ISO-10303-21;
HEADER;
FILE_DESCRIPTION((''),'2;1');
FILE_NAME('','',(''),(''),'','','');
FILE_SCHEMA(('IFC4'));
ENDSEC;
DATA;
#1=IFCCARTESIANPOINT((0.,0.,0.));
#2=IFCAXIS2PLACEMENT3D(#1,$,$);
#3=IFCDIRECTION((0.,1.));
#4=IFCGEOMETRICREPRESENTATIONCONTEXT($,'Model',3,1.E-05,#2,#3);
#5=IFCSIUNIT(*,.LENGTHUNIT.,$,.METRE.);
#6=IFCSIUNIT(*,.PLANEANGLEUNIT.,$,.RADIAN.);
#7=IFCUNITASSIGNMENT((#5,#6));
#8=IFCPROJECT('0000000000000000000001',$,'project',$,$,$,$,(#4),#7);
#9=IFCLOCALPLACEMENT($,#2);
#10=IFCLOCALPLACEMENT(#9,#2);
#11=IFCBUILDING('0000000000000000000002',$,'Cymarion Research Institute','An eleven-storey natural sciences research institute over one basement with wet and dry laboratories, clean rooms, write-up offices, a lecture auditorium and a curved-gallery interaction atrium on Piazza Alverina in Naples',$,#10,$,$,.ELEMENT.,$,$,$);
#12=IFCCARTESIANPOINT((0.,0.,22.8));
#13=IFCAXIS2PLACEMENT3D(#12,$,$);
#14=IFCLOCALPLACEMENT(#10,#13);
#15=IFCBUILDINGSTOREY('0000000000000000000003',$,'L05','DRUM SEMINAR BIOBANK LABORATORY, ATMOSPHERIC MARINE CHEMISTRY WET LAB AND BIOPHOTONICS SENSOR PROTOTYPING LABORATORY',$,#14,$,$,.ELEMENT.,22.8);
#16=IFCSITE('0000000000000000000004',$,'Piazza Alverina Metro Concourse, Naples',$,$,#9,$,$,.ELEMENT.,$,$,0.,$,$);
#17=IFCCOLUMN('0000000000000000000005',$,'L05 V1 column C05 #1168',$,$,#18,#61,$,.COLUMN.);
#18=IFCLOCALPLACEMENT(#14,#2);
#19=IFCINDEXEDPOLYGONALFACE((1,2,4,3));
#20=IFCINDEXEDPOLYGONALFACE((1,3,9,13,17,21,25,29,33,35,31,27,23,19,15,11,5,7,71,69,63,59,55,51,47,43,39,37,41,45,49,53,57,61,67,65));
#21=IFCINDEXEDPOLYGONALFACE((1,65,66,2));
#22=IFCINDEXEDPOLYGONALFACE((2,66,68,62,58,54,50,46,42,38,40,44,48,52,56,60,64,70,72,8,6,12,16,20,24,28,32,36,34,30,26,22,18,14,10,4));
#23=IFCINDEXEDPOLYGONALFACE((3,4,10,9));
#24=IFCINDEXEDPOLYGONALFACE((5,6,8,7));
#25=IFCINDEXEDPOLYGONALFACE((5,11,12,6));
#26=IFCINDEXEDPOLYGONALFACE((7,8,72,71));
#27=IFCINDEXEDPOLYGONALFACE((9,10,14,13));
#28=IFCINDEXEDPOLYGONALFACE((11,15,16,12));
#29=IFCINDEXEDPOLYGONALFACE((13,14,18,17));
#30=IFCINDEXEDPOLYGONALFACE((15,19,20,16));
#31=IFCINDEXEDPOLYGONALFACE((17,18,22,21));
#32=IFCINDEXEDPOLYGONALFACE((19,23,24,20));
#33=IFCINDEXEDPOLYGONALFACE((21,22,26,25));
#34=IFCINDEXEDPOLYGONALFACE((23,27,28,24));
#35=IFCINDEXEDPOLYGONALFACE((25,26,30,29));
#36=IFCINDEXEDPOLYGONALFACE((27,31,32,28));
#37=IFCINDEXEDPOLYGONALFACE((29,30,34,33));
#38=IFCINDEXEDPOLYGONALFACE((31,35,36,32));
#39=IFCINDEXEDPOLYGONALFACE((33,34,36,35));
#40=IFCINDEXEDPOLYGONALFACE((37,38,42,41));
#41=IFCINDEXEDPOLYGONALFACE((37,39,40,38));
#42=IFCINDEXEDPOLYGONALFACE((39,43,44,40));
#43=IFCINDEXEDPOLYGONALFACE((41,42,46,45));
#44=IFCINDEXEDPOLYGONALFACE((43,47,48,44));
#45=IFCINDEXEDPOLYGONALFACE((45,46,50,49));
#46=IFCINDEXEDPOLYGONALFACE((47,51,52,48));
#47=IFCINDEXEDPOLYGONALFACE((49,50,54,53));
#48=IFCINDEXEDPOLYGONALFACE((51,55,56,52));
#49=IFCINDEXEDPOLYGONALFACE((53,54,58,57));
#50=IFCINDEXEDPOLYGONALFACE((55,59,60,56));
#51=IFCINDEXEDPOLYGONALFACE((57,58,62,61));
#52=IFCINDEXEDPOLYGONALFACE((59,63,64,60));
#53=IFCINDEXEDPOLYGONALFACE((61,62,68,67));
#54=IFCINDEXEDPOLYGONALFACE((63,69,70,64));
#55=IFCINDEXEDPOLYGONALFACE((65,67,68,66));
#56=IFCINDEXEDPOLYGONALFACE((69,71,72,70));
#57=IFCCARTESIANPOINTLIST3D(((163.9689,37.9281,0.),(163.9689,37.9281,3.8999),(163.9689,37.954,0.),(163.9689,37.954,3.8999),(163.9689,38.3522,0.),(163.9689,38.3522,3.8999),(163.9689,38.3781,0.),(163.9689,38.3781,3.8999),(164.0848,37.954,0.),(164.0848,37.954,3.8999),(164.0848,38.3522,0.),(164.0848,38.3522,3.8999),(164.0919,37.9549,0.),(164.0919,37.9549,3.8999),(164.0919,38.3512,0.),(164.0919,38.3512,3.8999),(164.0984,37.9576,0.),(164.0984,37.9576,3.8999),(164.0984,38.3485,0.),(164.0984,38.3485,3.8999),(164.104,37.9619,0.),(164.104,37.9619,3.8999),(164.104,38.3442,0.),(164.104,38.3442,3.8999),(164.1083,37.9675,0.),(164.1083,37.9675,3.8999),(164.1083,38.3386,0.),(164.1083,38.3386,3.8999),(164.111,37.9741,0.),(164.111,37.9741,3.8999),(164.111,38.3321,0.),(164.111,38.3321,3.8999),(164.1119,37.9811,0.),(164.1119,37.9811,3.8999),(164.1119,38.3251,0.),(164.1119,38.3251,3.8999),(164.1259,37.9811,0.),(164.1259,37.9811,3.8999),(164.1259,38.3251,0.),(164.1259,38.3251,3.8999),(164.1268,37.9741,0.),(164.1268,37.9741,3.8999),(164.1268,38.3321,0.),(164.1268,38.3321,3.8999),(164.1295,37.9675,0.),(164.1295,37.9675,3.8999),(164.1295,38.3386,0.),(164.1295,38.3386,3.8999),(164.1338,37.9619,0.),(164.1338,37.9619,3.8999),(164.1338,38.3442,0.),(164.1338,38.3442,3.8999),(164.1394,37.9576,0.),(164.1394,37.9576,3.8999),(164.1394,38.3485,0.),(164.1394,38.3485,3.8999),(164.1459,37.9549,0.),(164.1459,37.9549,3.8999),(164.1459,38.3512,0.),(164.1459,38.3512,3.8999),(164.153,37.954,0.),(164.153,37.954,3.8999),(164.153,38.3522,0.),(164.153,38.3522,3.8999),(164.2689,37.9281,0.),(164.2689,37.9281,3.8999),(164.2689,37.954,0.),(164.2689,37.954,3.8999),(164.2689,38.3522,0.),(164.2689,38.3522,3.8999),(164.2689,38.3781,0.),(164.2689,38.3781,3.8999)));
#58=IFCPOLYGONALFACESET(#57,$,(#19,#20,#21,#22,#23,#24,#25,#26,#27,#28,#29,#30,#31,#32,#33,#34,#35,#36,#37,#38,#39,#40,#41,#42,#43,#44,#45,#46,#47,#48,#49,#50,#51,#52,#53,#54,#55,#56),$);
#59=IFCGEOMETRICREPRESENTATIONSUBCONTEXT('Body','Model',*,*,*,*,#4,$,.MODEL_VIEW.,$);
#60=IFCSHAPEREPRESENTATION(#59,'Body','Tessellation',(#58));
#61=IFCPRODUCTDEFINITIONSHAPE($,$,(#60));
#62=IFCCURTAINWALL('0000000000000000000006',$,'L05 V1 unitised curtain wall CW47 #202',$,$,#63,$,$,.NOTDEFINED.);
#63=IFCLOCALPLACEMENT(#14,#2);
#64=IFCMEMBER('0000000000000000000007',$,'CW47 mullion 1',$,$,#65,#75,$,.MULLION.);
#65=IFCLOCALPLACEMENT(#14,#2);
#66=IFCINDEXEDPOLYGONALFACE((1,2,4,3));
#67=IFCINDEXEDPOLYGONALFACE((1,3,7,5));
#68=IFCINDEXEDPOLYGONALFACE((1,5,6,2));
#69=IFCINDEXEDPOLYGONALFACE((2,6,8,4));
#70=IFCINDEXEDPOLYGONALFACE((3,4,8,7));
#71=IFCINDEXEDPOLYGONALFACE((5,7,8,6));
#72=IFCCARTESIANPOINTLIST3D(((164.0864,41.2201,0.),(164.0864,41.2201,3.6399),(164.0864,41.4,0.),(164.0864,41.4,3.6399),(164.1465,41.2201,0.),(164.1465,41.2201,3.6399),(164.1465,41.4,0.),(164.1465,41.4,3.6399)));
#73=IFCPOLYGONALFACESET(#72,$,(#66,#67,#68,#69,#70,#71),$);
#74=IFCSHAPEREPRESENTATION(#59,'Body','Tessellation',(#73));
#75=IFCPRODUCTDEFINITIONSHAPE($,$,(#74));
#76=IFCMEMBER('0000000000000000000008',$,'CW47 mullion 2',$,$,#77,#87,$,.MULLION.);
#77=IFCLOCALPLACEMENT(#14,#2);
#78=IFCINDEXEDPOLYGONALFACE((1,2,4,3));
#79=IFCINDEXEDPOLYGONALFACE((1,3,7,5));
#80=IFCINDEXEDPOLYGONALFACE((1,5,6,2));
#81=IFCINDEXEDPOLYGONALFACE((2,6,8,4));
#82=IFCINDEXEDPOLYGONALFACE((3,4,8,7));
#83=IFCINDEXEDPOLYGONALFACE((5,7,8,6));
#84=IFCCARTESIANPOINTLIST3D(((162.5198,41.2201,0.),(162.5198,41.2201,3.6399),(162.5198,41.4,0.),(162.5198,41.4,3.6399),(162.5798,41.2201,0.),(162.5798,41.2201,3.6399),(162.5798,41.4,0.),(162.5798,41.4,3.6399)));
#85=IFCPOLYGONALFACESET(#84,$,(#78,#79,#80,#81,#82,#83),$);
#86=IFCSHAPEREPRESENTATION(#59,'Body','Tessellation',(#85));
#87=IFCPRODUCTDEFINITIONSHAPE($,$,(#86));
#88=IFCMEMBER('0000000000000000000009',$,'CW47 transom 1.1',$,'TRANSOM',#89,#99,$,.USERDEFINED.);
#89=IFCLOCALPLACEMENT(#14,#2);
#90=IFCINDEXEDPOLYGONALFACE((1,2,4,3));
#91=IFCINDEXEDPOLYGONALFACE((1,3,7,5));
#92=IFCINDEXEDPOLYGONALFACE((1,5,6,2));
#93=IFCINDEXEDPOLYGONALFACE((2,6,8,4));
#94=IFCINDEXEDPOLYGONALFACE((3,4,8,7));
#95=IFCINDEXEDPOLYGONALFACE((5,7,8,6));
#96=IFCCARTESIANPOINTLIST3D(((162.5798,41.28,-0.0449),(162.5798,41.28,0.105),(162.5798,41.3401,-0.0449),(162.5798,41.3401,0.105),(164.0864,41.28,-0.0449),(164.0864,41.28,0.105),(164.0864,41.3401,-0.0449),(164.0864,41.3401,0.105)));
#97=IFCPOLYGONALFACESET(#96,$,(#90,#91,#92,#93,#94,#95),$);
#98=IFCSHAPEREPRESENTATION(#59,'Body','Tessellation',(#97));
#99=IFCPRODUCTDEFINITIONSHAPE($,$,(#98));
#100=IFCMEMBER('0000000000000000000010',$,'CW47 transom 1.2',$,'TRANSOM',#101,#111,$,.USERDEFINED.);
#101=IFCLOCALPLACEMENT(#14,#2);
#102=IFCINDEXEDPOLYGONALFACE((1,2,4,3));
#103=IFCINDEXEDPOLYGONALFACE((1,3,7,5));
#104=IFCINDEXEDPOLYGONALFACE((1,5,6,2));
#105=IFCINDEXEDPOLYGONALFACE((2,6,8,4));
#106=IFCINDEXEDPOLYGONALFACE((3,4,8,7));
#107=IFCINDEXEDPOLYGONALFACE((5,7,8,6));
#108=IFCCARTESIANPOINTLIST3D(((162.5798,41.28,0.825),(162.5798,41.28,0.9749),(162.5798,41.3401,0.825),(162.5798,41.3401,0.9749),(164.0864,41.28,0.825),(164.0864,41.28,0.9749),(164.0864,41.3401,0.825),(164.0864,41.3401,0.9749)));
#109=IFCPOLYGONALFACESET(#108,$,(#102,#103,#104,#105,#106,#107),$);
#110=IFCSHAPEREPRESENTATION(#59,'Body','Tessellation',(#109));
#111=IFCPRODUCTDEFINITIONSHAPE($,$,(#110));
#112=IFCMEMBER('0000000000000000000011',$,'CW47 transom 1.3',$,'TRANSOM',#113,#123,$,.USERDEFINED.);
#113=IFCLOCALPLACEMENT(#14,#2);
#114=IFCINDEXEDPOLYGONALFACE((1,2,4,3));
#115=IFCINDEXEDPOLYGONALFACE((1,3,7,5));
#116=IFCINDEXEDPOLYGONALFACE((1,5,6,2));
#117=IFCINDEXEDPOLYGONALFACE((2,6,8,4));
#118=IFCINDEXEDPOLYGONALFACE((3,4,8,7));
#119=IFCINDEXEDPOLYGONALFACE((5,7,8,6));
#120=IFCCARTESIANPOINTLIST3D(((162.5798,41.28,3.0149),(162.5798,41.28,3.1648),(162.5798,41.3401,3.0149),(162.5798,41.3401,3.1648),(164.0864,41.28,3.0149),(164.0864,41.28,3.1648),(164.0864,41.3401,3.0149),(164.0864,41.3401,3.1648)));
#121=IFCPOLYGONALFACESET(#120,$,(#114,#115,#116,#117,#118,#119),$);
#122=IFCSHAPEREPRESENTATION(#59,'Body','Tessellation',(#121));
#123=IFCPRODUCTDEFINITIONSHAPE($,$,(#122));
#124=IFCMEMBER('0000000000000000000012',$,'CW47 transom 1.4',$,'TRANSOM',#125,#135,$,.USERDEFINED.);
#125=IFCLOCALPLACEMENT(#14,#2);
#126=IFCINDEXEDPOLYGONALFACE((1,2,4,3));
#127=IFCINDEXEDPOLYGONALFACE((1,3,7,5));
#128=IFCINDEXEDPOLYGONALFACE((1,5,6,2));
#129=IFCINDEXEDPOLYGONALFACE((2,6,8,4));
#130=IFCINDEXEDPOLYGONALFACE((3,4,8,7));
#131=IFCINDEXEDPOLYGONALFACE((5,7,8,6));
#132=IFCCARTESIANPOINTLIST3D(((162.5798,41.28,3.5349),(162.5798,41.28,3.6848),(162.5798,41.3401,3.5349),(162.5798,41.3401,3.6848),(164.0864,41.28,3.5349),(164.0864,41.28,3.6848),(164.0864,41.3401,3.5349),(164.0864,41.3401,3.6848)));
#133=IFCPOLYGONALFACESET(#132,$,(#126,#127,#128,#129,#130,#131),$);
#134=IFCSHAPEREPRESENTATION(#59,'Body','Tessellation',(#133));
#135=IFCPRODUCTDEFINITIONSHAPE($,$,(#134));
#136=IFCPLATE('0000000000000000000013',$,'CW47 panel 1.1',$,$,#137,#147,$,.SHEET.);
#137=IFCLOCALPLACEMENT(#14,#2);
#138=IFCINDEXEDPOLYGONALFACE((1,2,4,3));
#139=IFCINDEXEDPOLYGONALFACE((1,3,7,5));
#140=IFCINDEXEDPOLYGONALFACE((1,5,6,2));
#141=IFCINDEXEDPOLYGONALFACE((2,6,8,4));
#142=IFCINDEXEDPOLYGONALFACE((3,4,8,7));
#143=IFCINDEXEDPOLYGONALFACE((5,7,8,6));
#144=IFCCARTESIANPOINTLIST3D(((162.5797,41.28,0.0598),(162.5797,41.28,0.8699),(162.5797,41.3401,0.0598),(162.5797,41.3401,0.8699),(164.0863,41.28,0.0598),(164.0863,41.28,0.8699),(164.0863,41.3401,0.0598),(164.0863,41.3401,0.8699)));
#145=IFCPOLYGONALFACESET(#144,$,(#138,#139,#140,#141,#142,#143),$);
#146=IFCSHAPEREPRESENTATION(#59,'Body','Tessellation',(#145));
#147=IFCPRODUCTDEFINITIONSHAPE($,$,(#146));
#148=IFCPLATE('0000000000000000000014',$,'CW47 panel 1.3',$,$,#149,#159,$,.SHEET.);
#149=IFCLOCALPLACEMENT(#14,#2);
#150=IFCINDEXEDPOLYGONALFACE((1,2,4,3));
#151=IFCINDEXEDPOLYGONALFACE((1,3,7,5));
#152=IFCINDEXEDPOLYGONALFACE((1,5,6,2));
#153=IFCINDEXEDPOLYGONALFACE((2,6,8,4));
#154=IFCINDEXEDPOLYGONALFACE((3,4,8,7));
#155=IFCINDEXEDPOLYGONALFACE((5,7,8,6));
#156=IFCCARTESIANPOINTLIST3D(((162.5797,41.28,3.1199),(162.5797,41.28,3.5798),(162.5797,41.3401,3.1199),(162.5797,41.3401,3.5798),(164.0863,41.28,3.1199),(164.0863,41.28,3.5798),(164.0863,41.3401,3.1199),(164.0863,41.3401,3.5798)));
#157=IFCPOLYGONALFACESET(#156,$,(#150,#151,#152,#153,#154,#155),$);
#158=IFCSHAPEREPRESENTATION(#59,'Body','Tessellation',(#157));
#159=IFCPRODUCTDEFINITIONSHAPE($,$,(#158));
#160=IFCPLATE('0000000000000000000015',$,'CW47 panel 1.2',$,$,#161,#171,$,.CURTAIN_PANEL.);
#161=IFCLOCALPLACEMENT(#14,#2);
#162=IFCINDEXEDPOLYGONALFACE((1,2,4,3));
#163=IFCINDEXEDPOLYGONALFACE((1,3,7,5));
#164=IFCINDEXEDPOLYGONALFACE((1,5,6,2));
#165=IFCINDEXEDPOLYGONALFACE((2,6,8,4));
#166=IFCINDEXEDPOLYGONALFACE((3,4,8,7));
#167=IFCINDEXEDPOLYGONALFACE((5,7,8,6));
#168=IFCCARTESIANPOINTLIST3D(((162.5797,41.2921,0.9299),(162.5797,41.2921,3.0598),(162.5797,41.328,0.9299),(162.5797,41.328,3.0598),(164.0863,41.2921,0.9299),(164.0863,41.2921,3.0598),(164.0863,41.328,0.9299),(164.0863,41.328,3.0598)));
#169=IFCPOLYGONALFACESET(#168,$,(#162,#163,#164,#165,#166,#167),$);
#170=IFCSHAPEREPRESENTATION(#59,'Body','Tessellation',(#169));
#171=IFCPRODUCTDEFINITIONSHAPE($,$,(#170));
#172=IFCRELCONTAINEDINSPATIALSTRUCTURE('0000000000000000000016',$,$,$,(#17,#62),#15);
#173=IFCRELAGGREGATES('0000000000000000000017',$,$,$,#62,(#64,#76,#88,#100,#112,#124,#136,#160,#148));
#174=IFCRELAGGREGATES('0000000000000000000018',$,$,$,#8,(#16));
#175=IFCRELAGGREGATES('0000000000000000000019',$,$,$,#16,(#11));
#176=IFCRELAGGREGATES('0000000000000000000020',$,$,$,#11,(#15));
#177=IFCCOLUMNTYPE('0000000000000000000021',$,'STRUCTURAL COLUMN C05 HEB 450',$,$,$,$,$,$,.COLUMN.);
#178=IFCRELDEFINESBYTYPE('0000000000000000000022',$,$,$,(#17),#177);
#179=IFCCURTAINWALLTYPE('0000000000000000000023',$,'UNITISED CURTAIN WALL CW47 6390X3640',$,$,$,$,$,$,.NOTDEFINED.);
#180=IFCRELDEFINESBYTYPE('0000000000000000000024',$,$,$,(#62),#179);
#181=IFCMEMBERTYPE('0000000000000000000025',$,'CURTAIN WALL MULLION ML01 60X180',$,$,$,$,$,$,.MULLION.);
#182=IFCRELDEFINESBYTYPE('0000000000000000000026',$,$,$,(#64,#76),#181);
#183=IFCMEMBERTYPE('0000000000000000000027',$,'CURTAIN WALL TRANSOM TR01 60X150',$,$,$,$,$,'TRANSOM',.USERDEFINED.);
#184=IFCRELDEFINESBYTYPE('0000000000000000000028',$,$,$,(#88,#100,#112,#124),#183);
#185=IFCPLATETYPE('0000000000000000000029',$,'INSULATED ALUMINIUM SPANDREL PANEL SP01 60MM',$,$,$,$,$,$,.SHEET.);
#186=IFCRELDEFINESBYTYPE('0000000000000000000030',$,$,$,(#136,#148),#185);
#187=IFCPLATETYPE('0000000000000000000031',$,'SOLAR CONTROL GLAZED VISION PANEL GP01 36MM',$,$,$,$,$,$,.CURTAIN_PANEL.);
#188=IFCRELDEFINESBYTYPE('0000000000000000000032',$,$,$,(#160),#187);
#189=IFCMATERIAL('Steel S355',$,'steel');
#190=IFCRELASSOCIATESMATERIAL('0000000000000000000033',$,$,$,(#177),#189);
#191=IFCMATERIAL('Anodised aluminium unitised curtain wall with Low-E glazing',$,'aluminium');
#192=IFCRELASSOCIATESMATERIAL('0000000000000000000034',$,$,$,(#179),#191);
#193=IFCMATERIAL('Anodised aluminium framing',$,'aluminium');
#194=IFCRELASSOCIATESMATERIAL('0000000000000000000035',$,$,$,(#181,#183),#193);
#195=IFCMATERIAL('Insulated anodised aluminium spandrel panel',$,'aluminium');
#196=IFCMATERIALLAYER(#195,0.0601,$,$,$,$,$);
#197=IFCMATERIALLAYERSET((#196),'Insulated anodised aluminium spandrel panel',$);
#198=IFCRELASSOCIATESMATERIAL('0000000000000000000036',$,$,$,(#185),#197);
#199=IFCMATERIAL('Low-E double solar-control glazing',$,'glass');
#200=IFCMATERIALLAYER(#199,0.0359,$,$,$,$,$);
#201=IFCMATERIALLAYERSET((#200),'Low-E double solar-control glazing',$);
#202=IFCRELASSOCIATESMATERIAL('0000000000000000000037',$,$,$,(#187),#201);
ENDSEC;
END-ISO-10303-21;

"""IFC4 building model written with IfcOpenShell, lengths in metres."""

from ifc_helpers import new_model, si_unit, direction, frame, origin, origin_2d, place, context, subcontext, project, spatial, rectangle, i_section, extrude, material, layer, layer_set, material_profile, profile_set, type_object, element, aggregate, save


model = new_model("IFC4")

# Units and contexts
model_context = context("Model", 3, precision=1e-05, world=origin(), true_north=direction((0.0, 1.0)))
body_context = subcontext(model_context, "Body", "Model", "MODEL_VIEW")
ifc_project = project(units=[si_unit("LENGTHUNIT", "METRE"), si_unit("PLANEANGLEUNIT", "RADIAN")], contexts=[model_context])

# Site, building, storey
site_placement = place(None, origin())
site = spatial("IfcSite", under=ifc_project, at=site_placement, Name="Piazza Alverina Metro Concourse, Naples", CompositionType="ELEMENT", RefElevation=0.0)
building_placement = place(site_placement, origin())
building = spatial("IfcBuilding", under=site, at=building_placement, Name="Cymarion Research Institute", Description="An eleven-storey natural sciences research institute over one basement with wet and dry laboratories, clean rooms, write-up offices, a lecture auditorium and a curved-gallery interaction atrium on Piazza Alverina in Naples", CompositionType="ELEMENT")
storey_placement = place(building_placement, frame((0.0, 0.0, 22.8)))
storey = spatial("IfcBuildingStorey", under=building, at=storey_placement, Name="L05", Description="DRUM SEMINAR BIOBANK LABORATORY, ATMOSPHERIC MARINE CHEMISTRY WET LAB AND BIOPHOTONICS SENSOR PROTOTYPING LABORATORY", CompositionType="ELEMENT", Elevation=22.8)

# Column
ifc_material_1 = material(Name="Steel S355", Category="steel")
ifc_material_profile_1 = material_profile(ifc_material_1, i_section(OverallWidth=0.3, OverallDepth=0.45, WebThickness=0.0139, FlangeThickness=0.0259, FilletRadius=0.0271, at=origin_2d()), Name="HEB 450")
ifc_profile_set_1 = profile_set([ifc_material_profile_1], Name="Steel S355")
column_type = type_object("IfcColumnType", Name="STRUCTURAL COLUMN C05 HEB 450", PredefinedType="COLUMN", material=ifc_profile_set_1)
column_placement = place(storey_placement, frame((164.1189, 38.1531, 0.0), z_axis=(0.0, 0.0, 1.0), x_axis=(1.0, 0.0, 0.0)))
element("IfcColumn", 1, at=column_placement, inside=storey, type_object=column_type, Name="L05 V1 column C05 #1168", PredefinedType="COLUMN", context=body_context, shape_type="SweptSolid", body=[
    extrude(i_section(OverallWidth=0.3, OverallDepth=0.45, WebThickness=0.0139, FlangeThickness=0.0259, FilletRadius=0.0271, at=origin_2d()), origin(), (0.0, 0.0, 1.0), 3.8999),
])

# Curtain wall, members, plates
ifc_material_2 = material(Name="Anodised aluminium unitised curtain wall with Low-E glazing", Category="aluminium")
curtain_wall_type = type_object("IfcCurtainWallType", Name="UNITISED CURTAIN WALL CW47 6390X3640", PredefinedType="NOTDEFINED", material=ifc_material_2)
curtain_wall_placement = place(storey_placement, origin())
curtain_wall = element("IfcCurtainWall", 2, at=curtain_wall_placement, inside=storey, type_object=curtain_wall_type, Name="L05 V1 unitised curtain wall CW47 #202", PredefinedType="NOTDEFINED")
ifc_material_3 = material(Name="Anodised aluminium framing", Category="aluminium")
ifc_material_profile_2 = material_profile(ifc_material_3, rectangle(XDim=0.0601, YDim=0.1799, at=origin_2d()), Name="ALU MULLION 60x180")
ifc_profile_set_2 = profile_set([ifc_material_profile_2], Name="Anodised aluminium framing")
member_type_1 = type_object("IfcMemberType", Name="CURTAIN WALL MULLION ML01 60X180", PredefinedType="MULLION", material=ifc_profile_set_2)
member_1_placement = place(storey_placement, frame((164.1165, 41.3101, 0.0), z_axis=(0.0, 0.0, 1.0), x_axis=(-1.0, 0.0, 0.0)))
member_1 = element("IfcMember", 3, at=member_1_placement, type_object=member_type_1, Name="CW47 mullion 1", PredefinedType="MULLION", context=body_context, shape_type="SweptSolid", body=[
    extrude(rectangle(XDim=0.0601, YDim=0.1799, at=origin_2d()), origin(), (0.0, 0.0, 1.0), 3.6399),
])
member_2_placement = place(storey_placement, frame((162.5498, 41.3101, 0.0), z_axis=(0.0, 0.0, 1.0), x_axis=(-1.0, 0.0, 0.0)))
member_2 = element("IfcMember", 4, at=member_2_placement, type_object=member_type_1, Name="CW47 mullion 2", PredefinedType="MULLION", context=body_context, shape_type="SweptSolid", body=[
    extrude(rectangle(XDim=0.0601, YDim=0.1799, at=origin_2d()), origin(), (0.0, 0.0, 1.0), 3.6399),
])
ifc_material_profile_3 = material_profile(ifc_material_3, rectangle(XDim=0.0601, YDim=0.1499, at=origin_2d()), Name="ALU TRANSOM 60x150")
ifc_profile_set_3 = profile_set([ifc_material_profile_3], Name="Anodised aluminium framing")
member_type_2 = type_object("IfcMemberType", Name="CURTAIN WALL TRANSOM TR01 60X150", ElementType="TRANSOM", PredefinedType="USERDEFINED", material=ifc_profile_set_3)
member_3_placement = place(storey_placement, frame((164.0864, 41.3101, 0.03), z_axis=(-1.0, 0.0, 0.0), x_axis=(0.0, -1.0, 0.0)))
member_3 = element("IfcMember", 5, at=member_3_placement, type_object=member_type_2, Name="CW47 transom 1.1", ObjectType="TRANSOM", PredefinedType="USERDEFINED", context=body_context, shape_type="SweptSolid", body=[
    extrude(rectangle(XDim=0.0601, YDim=0.1499, at=origin_2d()), origin(), (0.0, 0.0, 1.0), 1.5066),
])
member_4_placement = place(storey_placement, frame((164.0864, 41.3101, 0.8999), z_axis=(-1.0, 0.0, 0.0), x_axis=(0.0, -1.0, 0.0)))
member_4 = element("IfcMember", 6, at=member_4_placement, type_object=member_type_2, Name="CW47 transom 1.2", ObjectType="TRANSOM", PredefinedType="USERDEFINED", context=body_context, shape_type="SweptSolid", body=[
    extrude(rectangle(XDim=0.0601, YDim=0.1499, at=origin_2d()), origin(), (0.0, 0.0, 1.0), 1.5066),
])
member_5_placement = place(storey_placement, frame((164.0864, 41.3101, 3.0898), z_axis=(-1.0, 0.0, 0.0), x_axis=(0.0, -1.0, 0.0)))
member_5 = element("IfcMember", 7, at=member_5_placement, type_object=member_type_2, Name="CW47 transom 1.3", ObjectType="TRANSOM", PredefinedType="USERDEFINED", context=body_context, shape_type="SweptSolid", body=[
    extrude(rectangle(XDim=0.0601, YDim=0.1499, at=origin_2d()), origin(), (0.0, 0.0, 1.0), 1.5066),
])
member_6_placement = place(storey_placement, frame((164.0864, 41.3101, 3.6099), z_axis=(-1.0, 0.0, 0.0), x_axis=(0.0, -1.0, 0.0)))
member_6 = element("IfcMember", 8, at=member_6_placement, type_object=member_type_2, Name="CW47 transom 1.4", ObjectType="TRANSOM", PredefinedType="USERDEFINED", context=body_context, shape_type="SweptSolid", body=[
    extrude(rectangle(XDim=0.0601, YDim=0.1499, at=origin_2d()), origin(), (0.0, 0.0, 1.0), 1.5066),
])
ifc_material_4 = material(Name="Insulated anodised aluminium spandrel panel", Category="aluminium")
ifc_layer_1 = layer(ifc_material_4, 0.0601)
ifc_layer_set_1 = layer_set([ifc_layer_1], Name="Insulated anodised aluminium spandrel panel")
plate_type_1 = type_object("IfcPlateType", Name="INSULATED ALUMINIUM SPANDREL PANEL SP01 60MM", PredefinedType="SHEET", material=ifc_layer_set_1)
plate_1_placement = place(storey_placement, frame((163.333, 41.3101, 0.0598), z_axis=(0.0, 0.0, 1.0), x_axis=(-1.0, 0.0, 0.0)))
plate_1 = element("IfcPlate", 9, at=plate_1_placement, type_object=plate_type_1, Name="CW47 panel 1.1", PredefinedType="SHEET", context=body_context, shape_type="SweptSolid", body=[
    extrude(rectangle(XDim=1.5066, YDim=0.0601, at=origin_2d()), origin(), (0.0, 0.0, 1.0), 0.8101),
])
plate_2_placement = place(storey_placement, frame((163.333, 41.3101, 3.1199), z_axis=(0.0, 0.0, 1.0), x_axis=(-1.0, 0.0, 0.0)))
plate_2 = element("IfcPlate", 10, at=plate_2_placement, type_object=plate_type_1, Name="CW47 panel 1.3", PredefinedType="SHEET", context=body_context, shape_type="SweptSolid", body=[
    extrude(rectangle(XDim=1.5066, YDim=0.0601, at=origin_2d()), origin(), (0.0, 0.0, 1.0), 0.46),
])
ifc_material_5 = material(Name="Low-E double solar-control glazing", Category="glass")
ifc_layer_2 = layer(ifc_material_5, 0.0359)
ifc_layer_set_2 = layer_set([ifc_layer_2], Name="Low-E double solar-control glazing")
plate_type_2 = type_object("IfcPlateType", Name="SOLAR CONTROL GLAZED VISION PANEL GP01 36MM", PredefinedType="CURTAIN_PANEL", material=ifc_layer_set_2)
plate_3_placement = place(storey_placement, frame((163.333, 41.3101, 0.9299), z_axis=(0.0, 0.0, 1.0), x_axis=(-1.0, 0.0, 0.0)))
plate_3 = element("IfcPlate", 11, at=plate_3_placement, type_object=plate_type_2, Name="CW47 panel 1.2", PredefinedType="CURTAIN_PANEL", context=body_context, shape_type="SweptSolid", body=[
    extrude(rectangle(XDim=1.5066, YDim=0.0359, at=origin_2d()), origin(), (0.0, 0.0, 1.0), 2.1299),
])
aggregate(curtain_wall, [member_1, member_2, member_3, member_4, member_5, member_6, plate_1, plate_3, plate_2])

save(model, "model.ifc")
